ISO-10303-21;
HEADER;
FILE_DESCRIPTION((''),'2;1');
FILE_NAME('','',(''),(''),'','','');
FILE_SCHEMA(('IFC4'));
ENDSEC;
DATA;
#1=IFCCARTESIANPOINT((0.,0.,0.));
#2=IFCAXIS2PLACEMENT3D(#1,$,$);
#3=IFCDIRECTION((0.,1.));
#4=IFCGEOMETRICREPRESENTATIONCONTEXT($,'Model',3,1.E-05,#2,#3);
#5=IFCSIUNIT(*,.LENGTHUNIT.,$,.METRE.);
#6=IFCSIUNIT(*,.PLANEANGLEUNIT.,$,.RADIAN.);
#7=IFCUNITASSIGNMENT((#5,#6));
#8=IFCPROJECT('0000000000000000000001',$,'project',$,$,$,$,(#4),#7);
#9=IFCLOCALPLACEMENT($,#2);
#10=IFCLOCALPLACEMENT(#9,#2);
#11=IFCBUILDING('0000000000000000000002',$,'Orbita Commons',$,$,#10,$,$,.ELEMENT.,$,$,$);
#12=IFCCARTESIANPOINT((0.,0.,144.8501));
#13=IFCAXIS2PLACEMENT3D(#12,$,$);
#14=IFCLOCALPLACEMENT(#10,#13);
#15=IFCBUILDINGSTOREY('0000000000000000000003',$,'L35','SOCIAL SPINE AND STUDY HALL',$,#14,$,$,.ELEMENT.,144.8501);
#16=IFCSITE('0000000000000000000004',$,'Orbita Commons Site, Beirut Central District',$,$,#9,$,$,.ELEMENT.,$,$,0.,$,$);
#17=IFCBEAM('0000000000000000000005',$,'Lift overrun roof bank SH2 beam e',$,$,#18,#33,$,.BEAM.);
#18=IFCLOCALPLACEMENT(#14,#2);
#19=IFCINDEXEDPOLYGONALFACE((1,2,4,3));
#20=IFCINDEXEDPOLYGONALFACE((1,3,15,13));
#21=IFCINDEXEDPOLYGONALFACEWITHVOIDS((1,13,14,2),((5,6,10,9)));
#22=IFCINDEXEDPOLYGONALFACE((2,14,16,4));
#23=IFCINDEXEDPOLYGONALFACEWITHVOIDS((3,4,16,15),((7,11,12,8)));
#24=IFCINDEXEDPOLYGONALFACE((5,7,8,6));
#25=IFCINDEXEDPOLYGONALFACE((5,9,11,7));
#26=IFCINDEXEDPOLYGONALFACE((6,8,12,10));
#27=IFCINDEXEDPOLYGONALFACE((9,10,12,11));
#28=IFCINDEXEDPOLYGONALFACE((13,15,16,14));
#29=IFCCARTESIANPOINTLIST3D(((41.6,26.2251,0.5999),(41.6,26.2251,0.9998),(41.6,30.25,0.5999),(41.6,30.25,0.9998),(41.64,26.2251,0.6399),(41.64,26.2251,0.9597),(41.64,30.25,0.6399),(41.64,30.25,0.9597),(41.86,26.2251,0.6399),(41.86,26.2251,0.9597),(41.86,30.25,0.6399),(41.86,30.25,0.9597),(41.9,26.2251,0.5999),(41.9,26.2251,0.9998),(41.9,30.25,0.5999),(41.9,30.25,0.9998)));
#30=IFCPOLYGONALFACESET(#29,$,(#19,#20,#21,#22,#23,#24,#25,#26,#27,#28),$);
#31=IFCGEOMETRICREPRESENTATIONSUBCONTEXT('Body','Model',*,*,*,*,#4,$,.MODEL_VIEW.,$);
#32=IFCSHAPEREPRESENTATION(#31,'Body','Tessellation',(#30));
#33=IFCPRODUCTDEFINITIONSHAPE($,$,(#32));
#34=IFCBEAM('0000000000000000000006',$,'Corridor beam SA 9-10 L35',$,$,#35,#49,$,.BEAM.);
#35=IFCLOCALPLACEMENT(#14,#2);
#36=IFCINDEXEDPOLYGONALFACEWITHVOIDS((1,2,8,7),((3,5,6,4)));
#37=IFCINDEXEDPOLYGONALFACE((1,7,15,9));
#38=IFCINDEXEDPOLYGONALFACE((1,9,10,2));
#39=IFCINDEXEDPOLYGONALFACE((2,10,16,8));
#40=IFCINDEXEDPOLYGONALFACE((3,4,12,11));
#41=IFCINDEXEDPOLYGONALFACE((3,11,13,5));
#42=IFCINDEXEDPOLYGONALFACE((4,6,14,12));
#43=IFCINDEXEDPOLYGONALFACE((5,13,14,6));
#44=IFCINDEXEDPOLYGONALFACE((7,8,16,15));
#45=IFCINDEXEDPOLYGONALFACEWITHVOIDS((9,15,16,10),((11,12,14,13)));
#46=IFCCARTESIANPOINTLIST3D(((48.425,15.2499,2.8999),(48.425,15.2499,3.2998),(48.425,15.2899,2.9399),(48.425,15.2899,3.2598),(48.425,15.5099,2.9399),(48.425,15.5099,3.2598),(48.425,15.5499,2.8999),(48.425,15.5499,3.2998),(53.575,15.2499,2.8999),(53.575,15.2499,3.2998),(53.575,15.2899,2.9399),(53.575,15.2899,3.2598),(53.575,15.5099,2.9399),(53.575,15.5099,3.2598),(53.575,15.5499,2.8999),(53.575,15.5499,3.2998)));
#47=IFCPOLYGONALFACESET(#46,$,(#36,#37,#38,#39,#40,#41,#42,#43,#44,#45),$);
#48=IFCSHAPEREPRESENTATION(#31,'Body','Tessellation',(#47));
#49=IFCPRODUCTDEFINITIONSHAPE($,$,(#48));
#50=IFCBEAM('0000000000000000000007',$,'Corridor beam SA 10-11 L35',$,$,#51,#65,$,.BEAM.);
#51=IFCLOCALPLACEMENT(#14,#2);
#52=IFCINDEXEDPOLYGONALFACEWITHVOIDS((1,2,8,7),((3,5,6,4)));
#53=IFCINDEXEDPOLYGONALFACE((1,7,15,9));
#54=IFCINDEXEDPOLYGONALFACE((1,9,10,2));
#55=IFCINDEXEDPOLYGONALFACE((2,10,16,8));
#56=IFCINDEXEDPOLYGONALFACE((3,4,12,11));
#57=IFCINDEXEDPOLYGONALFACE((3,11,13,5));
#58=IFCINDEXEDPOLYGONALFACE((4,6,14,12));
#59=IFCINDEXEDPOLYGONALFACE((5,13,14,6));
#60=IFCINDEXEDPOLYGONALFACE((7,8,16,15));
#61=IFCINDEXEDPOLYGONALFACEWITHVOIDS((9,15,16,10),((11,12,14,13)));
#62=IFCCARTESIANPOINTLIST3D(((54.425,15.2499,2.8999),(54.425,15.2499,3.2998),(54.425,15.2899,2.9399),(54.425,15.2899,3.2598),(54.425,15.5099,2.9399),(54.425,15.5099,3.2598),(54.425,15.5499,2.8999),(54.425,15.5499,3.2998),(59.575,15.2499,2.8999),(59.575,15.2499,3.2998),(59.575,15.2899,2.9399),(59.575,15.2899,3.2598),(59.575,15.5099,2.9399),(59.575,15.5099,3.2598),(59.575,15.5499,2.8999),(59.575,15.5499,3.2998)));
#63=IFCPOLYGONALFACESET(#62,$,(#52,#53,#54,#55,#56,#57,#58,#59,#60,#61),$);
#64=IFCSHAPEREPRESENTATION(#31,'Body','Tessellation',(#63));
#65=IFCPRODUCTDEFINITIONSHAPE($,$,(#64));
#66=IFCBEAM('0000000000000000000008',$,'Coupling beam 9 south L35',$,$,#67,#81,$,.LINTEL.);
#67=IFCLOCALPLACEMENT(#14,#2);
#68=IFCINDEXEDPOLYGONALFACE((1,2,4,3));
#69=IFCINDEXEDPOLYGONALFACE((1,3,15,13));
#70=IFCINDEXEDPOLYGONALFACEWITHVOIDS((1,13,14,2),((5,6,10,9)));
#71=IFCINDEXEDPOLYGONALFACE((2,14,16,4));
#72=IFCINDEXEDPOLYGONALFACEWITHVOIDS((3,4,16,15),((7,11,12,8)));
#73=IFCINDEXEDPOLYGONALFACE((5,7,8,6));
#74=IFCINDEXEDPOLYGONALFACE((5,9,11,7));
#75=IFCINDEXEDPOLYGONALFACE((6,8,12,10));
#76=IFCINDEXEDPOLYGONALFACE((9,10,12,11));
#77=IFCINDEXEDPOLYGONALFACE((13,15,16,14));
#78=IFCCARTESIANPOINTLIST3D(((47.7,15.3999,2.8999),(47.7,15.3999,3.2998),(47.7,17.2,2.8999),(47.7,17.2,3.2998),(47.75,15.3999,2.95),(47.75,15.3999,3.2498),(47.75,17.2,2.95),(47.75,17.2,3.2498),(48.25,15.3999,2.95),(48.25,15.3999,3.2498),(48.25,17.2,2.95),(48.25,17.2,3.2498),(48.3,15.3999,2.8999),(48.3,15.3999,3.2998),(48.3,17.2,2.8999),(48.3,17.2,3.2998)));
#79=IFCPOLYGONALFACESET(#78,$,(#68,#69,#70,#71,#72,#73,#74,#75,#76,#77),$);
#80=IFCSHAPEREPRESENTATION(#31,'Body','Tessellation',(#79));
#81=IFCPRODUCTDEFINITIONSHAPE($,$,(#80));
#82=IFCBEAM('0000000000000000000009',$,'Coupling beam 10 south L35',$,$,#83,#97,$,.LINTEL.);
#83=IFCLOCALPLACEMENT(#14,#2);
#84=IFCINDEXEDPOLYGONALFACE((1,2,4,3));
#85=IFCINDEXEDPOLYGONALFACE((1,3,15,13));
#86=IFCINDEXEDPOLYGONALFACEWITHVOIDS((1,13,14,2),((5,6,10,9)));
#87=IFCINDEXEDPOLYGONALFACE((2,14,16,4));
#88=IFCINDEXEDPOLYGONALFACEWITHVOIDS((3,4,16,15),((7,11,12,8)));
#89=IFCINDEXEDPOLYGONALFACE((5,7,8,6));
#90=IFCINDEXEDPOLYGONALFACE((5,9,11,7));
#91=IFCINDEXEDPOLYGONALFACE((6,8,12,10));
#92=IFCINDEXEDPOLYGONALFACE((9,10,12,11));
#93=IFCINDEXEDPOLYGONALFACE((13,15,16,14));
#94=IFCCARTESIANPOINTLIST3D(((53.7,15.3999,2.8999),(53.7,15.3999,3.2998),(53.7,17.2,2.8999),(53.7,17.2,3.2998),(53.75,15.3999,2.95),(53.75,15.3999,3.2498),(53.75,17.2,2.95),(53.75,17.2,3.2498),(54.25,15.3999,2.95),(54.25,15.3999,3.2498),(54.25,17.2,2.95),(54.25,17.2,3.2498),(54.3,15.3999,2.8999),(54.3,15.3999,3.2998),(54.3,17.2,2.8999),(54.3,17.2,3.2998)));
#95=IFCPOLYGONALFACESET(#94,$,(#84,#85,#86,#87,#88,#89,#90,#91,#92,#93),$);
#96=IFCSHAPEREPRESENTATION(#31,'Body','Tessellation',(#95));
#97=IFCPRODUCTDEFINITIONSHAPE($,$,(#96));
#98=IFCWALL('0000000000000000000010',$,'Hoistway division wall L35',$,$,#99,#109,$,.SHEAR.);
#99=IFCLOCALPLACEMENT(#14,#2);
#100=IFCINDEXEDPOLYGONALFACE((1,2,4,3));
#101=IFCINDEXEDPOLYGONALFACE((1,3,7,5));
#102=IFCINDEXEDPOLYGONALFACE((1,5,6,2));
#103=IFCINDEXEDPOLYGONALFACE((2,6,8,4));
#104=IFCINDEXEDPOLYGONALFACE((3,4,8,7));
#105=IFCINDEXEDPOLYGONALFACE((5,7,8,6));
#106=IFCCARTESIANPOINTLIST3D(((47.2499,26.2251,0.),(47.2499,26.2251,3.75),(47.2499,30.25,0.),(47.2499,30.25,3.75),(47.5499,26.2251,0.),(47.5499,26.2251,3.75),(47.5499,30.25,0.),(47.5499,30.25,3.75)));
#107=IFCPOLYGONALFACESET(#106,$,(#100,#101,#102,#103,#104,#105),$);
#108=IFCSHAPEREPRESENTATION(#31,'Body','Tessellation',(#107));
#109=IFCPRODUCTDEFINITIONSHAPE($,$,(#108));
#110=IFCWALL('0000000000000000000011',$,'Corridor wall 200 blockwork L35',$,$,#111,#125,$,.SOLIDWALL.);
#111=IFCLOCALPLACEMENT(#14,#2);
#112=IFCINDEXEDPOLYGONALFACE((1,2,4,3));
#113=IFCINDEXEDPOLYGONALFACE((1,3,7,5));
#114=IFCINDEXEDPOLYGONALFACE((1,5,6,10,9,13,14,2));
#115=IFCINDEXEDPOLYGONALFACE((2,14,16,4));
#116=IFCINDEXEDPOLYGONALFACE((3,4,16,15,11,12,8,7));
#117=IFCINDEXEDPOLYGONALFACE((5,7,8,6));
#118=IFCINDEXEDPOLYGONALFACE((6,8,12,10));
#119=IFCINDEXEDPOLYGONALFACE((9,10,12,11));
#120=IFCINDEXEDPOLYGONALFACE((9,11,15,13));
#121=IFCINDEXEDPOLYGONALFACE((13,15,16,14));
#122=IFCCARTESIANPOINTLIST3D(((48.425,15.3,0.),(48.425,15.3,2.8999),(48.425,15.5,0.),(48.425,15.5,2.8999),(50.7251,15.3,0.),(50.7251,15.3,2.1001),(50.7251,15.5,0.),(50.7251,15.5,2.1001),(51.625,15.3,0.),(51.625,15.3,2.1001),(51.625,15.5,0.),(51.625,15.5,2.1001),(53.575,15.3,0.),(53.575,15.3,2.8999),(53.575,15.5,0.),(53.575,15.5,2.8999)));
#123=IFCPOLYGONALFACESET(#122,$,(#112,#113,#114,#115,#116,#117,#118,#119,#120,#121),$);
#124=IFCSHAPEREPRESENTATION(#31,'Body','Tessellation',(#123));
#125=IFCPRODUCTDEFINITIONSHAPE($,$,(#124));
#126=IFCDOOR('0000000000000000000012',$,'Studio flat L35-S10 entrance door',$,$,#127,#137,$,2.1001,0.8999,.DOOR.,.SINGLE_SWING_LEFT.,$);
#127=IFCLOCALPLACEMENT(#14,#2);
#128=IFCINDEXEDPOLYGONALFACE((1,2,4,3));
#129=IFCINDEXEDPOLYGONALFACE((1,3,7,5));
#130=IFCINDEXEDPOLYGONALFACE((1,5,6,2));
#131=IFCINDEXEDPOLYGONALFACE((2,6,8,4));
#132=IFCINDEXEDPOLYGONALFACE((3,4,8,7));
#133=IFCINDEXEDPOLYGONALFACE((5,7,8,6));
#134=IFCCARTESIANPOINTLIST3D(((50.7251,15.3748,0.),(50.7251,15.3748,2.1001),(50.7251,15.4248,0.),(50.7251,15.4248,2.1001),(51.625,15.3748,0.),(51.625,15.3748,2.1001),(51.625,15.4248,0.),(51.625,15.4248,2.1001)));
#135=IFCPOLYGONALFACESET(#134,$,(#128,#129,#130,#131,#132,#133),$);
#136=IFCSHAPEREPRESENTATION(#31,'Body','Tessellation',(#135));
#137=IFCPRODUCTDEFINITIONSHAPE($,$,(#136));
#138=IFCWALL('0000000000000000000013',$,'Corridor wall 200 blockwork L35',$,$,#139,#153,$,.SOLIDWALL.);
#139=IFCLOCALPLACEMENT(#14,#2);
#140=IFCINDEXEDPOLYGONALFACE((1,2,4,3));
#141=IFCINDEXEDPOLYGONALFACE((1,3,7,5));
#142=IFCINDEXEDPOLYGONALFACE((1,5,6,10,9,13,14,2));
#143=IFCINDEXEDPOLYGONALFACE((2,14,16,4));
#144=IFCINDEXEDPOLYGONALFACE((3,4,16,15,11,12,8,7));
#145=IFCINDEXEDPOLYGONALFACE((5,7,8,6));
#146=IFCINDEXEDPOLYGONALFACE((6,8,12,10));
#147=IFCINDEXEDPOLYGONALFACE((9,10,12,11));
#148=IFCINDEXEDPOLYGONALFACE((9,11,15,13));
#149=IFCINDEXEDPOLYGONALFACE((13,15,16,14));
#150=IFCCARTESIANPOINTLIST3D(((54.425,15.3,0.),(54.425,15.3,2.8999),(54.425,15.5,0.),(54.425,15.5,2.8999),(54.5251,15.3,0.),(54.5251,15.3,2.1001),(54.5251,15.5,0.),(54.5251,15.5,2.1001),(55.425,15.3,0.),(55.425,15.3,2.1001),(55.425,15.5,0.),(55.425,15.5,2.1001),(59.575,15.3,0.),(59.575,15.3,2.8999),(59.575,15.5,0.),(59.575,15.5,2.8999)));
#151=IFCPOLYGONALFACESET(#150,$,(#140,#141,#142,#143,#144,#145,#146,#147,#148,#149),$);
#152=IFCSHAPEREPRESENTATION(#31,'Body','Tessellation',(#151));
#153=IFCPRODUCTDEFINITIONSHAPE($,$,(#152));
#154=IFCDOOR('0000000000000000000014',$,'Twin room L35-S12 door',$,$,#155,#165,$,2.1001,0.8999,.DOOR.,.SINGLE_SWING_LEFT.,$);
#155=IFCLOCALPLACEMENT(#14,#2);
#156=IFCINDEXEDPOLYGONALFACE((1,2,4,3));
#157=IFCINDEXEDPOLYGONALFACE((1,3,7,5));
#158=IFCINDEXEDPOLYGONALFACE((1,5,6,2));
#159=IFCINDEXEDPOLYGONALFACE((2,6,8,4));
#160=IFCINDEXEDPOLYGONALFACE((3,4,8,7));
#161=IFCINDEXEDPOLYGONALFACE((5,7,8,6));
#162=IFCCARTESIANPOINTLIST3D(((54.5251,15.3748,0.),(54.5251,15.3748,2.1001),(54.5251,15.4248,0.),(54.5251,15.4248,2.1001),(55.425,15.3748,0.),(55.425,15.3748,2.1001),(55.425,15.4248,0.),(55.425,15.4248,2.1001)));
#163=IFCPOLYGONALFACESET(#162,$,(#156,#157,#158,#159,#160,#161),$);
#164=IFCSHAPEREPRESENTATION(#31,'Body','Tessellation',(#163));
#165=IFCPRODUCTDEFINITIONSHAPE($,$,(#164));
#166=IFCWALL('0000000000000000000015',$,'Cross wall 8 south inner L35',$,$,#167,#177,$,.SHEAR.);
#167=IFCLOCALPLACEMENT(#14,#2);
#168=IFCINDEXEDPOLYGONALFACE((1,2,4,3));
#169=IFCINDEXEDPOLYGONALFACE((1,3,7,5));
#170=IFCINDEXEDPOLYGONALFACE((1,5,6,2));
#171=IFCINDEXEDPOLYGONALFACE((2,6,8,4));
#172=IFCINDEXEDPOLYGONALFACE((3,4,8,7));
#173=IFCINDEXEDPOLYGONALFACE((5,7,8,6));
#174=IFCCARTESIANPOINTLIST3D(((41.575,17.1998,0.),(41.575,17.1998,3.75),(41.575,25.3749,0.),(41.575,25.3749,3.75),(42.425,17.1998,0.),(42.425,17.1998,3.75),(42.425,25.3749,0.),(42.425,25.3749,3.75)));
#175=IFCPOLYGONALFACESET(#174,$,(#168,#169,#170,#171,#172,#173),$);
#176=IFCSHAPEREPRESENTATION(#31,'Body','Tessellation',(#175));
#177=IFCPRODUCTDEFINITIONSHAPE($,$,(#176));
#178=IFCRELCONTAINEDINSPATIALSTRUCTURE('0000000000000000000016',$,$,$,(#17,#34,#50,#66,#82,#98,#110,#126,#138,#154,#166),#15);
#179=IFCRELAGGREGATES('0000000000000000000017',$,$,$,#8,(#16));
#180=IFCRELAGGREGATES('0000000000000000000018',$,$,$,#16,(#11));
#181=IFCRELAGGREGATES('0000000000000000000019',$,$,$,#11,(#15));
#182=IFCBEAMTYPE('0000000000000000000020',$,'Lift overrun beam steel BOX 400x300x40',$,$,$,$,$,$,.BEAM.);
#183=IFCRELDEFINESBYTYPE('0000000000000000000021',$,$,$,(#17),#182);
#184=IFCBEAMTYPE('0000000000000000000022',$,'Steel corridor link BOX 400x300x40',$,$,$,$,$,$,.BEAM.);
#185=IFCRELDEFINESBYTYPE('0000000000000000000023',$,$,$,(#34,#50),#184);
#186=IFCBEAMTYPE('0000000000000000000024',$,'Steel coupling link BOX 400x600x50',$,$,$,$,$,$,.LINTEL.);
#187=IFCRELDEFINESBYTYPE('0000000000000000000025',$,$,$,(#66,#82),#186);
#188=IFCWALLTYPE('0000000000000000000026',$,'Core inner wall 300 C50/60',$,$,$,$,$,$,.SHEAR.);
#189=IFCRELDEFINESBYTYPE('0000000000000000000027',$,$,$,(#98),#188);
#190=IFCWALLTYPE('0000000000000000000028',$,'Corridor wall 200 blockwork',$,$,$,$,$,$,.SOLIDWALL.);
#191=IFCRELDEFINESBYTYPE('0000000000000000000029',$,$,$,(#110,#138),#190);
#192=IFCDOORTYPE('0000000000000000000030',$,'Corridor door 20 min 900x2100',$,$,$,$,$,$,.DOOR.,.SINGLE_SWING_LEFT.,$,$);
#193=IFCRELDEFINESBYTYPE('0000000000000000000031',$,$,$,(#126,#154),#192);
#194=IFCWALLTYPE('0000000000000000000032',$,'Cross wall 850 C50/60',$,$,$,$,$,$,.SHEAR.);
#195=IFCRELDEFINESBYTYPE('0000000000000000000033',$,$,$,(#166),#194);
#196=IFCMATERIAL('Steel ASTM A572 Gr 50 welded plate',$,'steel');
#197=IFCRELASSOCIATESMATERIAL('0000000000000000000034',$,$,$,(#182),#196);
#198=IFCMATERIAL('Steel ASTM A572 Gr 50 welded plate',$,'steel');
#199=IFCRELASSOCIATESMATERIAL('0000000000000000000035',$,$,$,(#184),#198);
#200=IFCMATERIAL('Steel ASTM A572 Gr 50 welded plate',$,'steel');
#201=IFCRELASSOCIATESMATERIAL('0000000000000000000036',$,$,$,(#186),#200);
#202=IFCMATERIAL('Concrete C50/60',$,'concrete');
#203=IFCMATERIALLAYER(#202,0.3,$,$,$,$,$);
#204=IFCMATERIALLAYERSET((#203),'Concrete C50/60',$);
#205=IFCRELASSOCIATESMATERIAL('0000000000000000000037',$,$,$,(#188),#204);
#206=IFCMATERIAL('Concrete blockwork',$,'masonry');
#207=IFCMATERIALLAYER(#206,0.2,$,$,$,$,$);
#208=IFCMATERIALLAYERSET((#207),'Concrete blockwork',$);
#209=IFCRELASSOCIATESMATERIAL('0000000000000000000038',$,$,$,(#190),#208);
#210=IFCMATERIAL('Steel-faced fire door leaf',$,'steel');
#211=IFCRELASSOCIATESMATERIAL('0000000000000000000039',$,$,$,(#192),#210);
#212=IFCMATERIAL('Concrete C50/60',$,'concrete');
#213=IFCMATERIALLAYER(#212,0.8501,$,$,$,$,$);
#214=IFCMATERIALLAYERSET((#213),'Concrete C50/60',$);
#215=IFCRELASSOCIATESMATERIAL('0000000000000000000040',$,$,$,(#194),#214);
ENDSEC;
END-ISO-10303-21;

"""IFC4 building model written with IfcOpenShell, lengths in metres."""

from ifc_helpers import new_model, si_unit, direction, frame, frame_2d, origin, origin_2d, place, context, subcontext, project, spatial, polyline, rectangle, hollow_rectangle, outline, extrude, material, layer, layer_set, material_profile, profile_set, type_object, element, fill, save


model = new_model("IFC4")

# Units and contexts
model_context = context("Model", 3, precision=1e-05, world=origin(), true_north=direction((0.0, 1.0)))
body_context = subcontext(model_context, "Body", "Model", "MODEL_VIEW")
ifc_project = project(units=[si_unit("LENGTHUNIT", "METRE"), si_unit("PLANEANGLEUNIT", "RADIAN")], contexts=[model_context])

# Site, building, storey
site_placement = place(None, origin())
site = spatial("IfcSite", under=ifc_project, at=site_placement, Name="Orbita Commons Site, Beirut Central District", CompositionType="ELEMENT", RefElevation=0.0)
building_placement = place(site_placement, origin())
building = spatial("IfcBuilding", under=site, at=building_placement, Name="Orbita Commons", CompositionType="ELEMENT")
storey_placement = place(building_placement, frame((0.0, 0.0, 144.8501)))
storey = spatial("IfcBuildingStorey", under=building, at=storey_placement, Name="L35", Description="SOCIAL SPINE AND STUDY HALL", CompositionType="ELEMENT", Elevation=144.8501)

# Beams
ifc_material_1 = material(Name="Steel ASTM A572 Gr 50 welded plate", Category="steel")
ifc_material_profile_1 = material_profile(ifc_material_1, hollow_rectangle(XDim=0.3, YDim=0.3999, WallThickness=0.04, at=origin_2d()), Name="BOX 400x300x40")
ifc_profile_set_1 = profile_set([ifc_material_profile_1], Name="Steel ASTM A572 Gr 50 welded plate")
beam_type_1 = type_object("IfcBeamType", Name="Lift overrun beam steel BOX 400x300x40", PredefinedType="BEAM", material=ifc_profile_set_1)
beam_placement = place(storey_placement, frame((41.75, 26.2251, 0.7998), z_axis=(0.0, 1.0, 0.0), x_axis=(-1.0, 0.0, 0.0)))
element("IfcBeam", 1, at=beam_placement, inside=storey, type_object=beam_type_1, Name="Lift overrun roof bank SH2 beam e", PredefinedType="BEAM", context=body_context, shape_type="SweptSolid", body=[
    extrude(hollow_rectangle(XDim=0.3, YDim=0.3999, WallThickness=0.04, at=origin_2d()), origin(), (0.0, 0.0, 1.0), 4.0249),
])
ifc_material_2 = material(Name="Steel ASTM A572 Gr 50 welded plate", Category="steel")
ifc_material_profile_2 = material_profile(ifc_material_2, hollow_rectangle(XDim=0.3, YDim=0.3999, WallThickness=0.04, at=origin_2d()), Name="BOX 400x300x40")
ifc_profile_set_2 = profile_set([ifc_material_profile_2], Name="Steel ASTM A572 Gr 50 welded plate")
beam_type_2 = type_object("IfcBeamType", Name="Steel corridor link BOX 400x300x40", PredefinedType="BEAM", material=ifc_profile_set_2)
for number, where, z_axis, x_axis, name in (
    (2, (48.425, 15.3999, 3.0999), (1.0, 0.0, 0.0), (0.0, 1.0, 0.0), "Corridor beam SA 9-10 L35"),
    (3, (54.425, 15.3999, 3.0999), (1.0, 0.0, 0.0), (0.0, 1.0, 0.0), "Corridor beam SA 10-11 L35"),
):
    element("IfcBeam", number, at=place(storey_placement, frame(where, z_axis=z_axis, x_axis=x_axis)), inside=storey, type_object=beam_type_2, Name=name, PredefinedType="BEAM", context=body_context, shape_type="SweptSolid", body=[
        extrude(hollow_rectangle(XDim=0.3, YDim=0.3999, WallThickness=0.04, at=origin_2d()), origin(), (0.0, 0.0, 1.0), 5.1499),
    ])
ifc_material_3 = material(Name="Steel ASTM A572 Gr 50 welded plate", Category="steel")
ifc_material_profile_3 = material_profile(ifc_material_3, hollow_rectangle(XDim=0.6001, YDim=0.3999, WallThickness=0.05, at=origin_2d()), Name="BOX 400x600x50")
ifc_profile_set_3 = profile_set([ifc_material_profile_3], Name="Steel ASTM A572 Gr 50 welded plate")
beam_type_3 = type_object("IfcBeamType", Name="Steel coupling link BOX 400x600x50", PredefinedType="LINTEL", material=ifc_profile_set_3)
for number, where, z_axis, x_axis, name in (
    (4, (48.0, 15.3999, 3.0999), (0.0, 1.0, 0.0), (-1.0, 0.0, 0.0), "Coupling beam 9 south L35"),
    (5, (54.0, 15.3999, 3.0999), (0.0, 1.0, 0.0), (-1.0, 0.0, 0.0), "Coupling beam 10 south L35"),
):
    element("IfcBeam", number, at=place(storey_placement, frame(where, z_axis=z_axis, x_axis=x_axis)), inside=storey, type_object=beam_type_3, Name=name, PredefinedType="LINTEL", context=body_context, shape_type="SweptSolid", body=[
        extrude(hollow_rectangle(XDim=0.6001, YDim=0.3999, WallThickness=0.05, at=origin_2d()), origin(), (0.0, 0.0, 1.0), 1.8),
    ])

# Wall
ifc_material_4 = material(Name="Concrete C50/60", Category="concrete")
ifc_layer_1 = layer(ifc_material_4, 0.3)
ifc_layer_set_1 = layer_set([ifc_layer_1], Name="Concrete C50/60")
wall_type_1 = type_object("IfcWallType", Name="Core inner wall 300 C50/60", PredefinedType="SHEAR", material=ifc_layer_set_1)
wall_1_placement = place(storey_placement, frame((47.3999, 26.2251, 0.0), z_axis=(0.0, 0.0, 1.0), x_axis=(0.0, 1.0, 0.0)))
element("IfcWall", 6, at=wall_1_placement, inside=storey, type_object=wall_type_1, Name="Hoistway division wall L35", PredefinedType="SHEAR", context=body_context, shape_type="SweptSolid", body=[
    extrude(rectangle(XDim=4.0249, YDim=0.3, at=frame_2d((2.0125, 0.0))), origin(), (0.0, 0.0, 1.0), 3.75),
])

# Walls, openings, doors
ifc_material_5 = material(Name="Concrete blockwork", Category="masonry")
ifc_layer_2 = layer(ifc_material_5, 0.2)
ifc_layer_set_2 = layer_set([ifc_layer_2], Name="Concrete blockwork")
wall_type_2 = type_object("IfcWallType", Name="Corridor wall 200 blockwork", PredefinedType="SOLIDWALL", material=ifc_layer_set_2)
wall_2_placement = place(storey_placement, frame((48.425, 15.3999, 0.0), z_axis=(0.0, 0.0, 1.0), x_axis=(1.0, 0.0, 0.0)))
wall_2 = element("IfcWall", 7, at=wall_2_placement, inside=storey, type_object=wall_type_2, Name="Corridor wall 200 blockwork L35", PredefinedType="SOLIDWALL", context=body_context, shape_type="SweptSolid", body=[
    extrude(outline(polyline([(0.0, 0.0), (5.1499, 0.0), (5.1499, 2.8999), (0.0, 2.8999), (0.0, 0.0)])), frame((0.0, 0.1001, 0.0), z_axis=(0.0, -1.0, 0.0), x_axis=(1.0, 0.0, 0.0)), (0.0, 0.0, 1.0), 0.2),
])
opening_1_placement = place(wall_2_placement, frame((2.3, 0.0, 0.0)))
opening_1 = element("IfcOpeningElement", 8, at=opening_1_placement, cuts=wall_2, PredefinedType="OPENING", context=body_context, shape_type="SweptSolid", body=[
    extrude(rectangle(XDim=0.8999, YDim=2.1001, at=frame_2d((0.45, 1.05))), frame((0.0, 0.1099, 0.0), z_axis=(0.0, -1.0, 0.0), x_axis=(1.0, 0.0, 0.0)), (0.0, 0.0, 1.0), 0.22),
])
ifc_material_6 = material(Name="Steel-faced fire door leaf", Category="steel")
door_type_1 = type_object("IfcDoorType", Name="Corridor door 20 min 900x2100", OperationType="SINGLE_SWING_LEFT", PredefinedType="DOOR", material=ifc_material_6)
door_1_placement = place(opening_1_placement, origin())
door_1 = element("IfcDoor", 9, at=door_1_placement, inside=storey, type_object=door_type_1, Name="Studio flat L35-S10 entrance door", OperationType="SINGLE_SWING_LEFT", OverallHeight=2.1001, OverallWidth=0.8999, PredefinedType="DOOR", context=body_context, shape_type="SweptSolid", body=[
    extrude(rectangle(XDim=0.8999, YDim=2.1001, at=frame_2d((0.45, 1.05))), frame((0.0, 0.0249, 0.0), z_axis=(0.0, -1.0, 0.0), x_axis=(1.0, 0.0, 0.0)), (0.0, 0.0, 1.0), 0.05),
])
fill(opening_1, door_1)
wall_3_placement = place(storey_placement, frame((54.425, 15.3999, 0.0), z_axis=(0.0, 0.0, 1.0), x_axis=(1.0, 0.0, 0.0)))
wall_3 = element("IfcWall", 10, at=wall_3_placement, inside=storey, type_object=wall_type_2, Name="Corridor wall 200 blockwork L35", PredefinedType="SOLIDWALL", context=body_context, shape_type="SweptSolid", body=[
    extrude(outline(polyline([(0.0, 0.0), (5.1499, 0.0), (5.1499, 2.8999), (0.0, 2.8999), (0.0, 0.0)])), frame((0.0, 0.1001, 0.0), z_axis=(0.0, -1.0, 0.0), x_axis=(1.0, 0.0, 0.0)), (0.0, 0.0, 1.0), 0.2),
])
opening_2_placement = place(wall_3_placement, frame((0.1001, 0.0, 0.0)))
opening_2 = element("IfcOpeningElement", 11, at=opening_2_placement, cuts=wall_3, PredefinedType="OPENING", context=body_context, shape_type="SweptSolid", body=[
    extrude(rectangle(XDim=0.8999, YDim=2.1001, at=frame_2d((0.45, 1.05))), frame((0.0, 0.1099, 0.0), z_axis=(0.0, -1.0, 0.0), x_axis=(1.0, 0.0, 0.0)), (0.0, 0.0, 1.0), 0.22),
])
door_2_placement = place(opening_2_placement, origin())
door_2 = element("IfcDoor", 12, at=door_2_placement, inside=storey, type_object=door_type_1, Name="Twin room L35-S12 door", OperationType="SINGLE_SWING_LEFT", OverallHeight=2.1001, OverallWidth=0.8999, PredefinedType="DOOR", context=body_context, shape_type="SweptSolid", body=[
    extrude(rectangle(XDim=0.8999, YDim=2.1001, at=frame_2d((0.45, 1.05))), frame((0.0, 0.0249, 0.0), z_axis=(0.0, -1.0, 0.0), x_axis=(1.0, 0.0, 0.0)), (0.0, 0.0, 1.0), 0.05),
])
fill(opening_2, door_2)

# Wall
ifc_material_7 = material(Name="Concrete C50/60", Category="concrete")
ifc_layer_3 = layer(ifc_material_7, 0.8501)
ifc_layer_set_3 = layer_set([ifc_layer_3], Name="Concrete C50/60")
wall_type_3 = type_object("IfcWallType", Name="Cross wall 850 C50/60", PredefinedType="SHEAR", material=ifc_layer_set_3)
for number, where, z_axis, x_axis, name in (
    (13, (42.0, 17.2, 0.0), (0.0, 0.0, 1.0), (0.0, 1.0, 0.0), "Cross wall 8 south inner L35"),
):
    element("IfcWall", number, at=place(storey_placement, frame(where, z_axis=z_axis, x_axis=x_axis)), inside=storey, type_object=wall_type_3, Name=name, PredefinedType="SHEAR", context=body_context, shape_type="SweptSolid", body=[
        extrude(rectangle(XDim=8.175, YDim=0.8501, at=frame_2d((4.0874, 0.0))), origin(), (0.0, 0.0, 1.0), 3.75),
    ])

save(model, "model.ifc")
